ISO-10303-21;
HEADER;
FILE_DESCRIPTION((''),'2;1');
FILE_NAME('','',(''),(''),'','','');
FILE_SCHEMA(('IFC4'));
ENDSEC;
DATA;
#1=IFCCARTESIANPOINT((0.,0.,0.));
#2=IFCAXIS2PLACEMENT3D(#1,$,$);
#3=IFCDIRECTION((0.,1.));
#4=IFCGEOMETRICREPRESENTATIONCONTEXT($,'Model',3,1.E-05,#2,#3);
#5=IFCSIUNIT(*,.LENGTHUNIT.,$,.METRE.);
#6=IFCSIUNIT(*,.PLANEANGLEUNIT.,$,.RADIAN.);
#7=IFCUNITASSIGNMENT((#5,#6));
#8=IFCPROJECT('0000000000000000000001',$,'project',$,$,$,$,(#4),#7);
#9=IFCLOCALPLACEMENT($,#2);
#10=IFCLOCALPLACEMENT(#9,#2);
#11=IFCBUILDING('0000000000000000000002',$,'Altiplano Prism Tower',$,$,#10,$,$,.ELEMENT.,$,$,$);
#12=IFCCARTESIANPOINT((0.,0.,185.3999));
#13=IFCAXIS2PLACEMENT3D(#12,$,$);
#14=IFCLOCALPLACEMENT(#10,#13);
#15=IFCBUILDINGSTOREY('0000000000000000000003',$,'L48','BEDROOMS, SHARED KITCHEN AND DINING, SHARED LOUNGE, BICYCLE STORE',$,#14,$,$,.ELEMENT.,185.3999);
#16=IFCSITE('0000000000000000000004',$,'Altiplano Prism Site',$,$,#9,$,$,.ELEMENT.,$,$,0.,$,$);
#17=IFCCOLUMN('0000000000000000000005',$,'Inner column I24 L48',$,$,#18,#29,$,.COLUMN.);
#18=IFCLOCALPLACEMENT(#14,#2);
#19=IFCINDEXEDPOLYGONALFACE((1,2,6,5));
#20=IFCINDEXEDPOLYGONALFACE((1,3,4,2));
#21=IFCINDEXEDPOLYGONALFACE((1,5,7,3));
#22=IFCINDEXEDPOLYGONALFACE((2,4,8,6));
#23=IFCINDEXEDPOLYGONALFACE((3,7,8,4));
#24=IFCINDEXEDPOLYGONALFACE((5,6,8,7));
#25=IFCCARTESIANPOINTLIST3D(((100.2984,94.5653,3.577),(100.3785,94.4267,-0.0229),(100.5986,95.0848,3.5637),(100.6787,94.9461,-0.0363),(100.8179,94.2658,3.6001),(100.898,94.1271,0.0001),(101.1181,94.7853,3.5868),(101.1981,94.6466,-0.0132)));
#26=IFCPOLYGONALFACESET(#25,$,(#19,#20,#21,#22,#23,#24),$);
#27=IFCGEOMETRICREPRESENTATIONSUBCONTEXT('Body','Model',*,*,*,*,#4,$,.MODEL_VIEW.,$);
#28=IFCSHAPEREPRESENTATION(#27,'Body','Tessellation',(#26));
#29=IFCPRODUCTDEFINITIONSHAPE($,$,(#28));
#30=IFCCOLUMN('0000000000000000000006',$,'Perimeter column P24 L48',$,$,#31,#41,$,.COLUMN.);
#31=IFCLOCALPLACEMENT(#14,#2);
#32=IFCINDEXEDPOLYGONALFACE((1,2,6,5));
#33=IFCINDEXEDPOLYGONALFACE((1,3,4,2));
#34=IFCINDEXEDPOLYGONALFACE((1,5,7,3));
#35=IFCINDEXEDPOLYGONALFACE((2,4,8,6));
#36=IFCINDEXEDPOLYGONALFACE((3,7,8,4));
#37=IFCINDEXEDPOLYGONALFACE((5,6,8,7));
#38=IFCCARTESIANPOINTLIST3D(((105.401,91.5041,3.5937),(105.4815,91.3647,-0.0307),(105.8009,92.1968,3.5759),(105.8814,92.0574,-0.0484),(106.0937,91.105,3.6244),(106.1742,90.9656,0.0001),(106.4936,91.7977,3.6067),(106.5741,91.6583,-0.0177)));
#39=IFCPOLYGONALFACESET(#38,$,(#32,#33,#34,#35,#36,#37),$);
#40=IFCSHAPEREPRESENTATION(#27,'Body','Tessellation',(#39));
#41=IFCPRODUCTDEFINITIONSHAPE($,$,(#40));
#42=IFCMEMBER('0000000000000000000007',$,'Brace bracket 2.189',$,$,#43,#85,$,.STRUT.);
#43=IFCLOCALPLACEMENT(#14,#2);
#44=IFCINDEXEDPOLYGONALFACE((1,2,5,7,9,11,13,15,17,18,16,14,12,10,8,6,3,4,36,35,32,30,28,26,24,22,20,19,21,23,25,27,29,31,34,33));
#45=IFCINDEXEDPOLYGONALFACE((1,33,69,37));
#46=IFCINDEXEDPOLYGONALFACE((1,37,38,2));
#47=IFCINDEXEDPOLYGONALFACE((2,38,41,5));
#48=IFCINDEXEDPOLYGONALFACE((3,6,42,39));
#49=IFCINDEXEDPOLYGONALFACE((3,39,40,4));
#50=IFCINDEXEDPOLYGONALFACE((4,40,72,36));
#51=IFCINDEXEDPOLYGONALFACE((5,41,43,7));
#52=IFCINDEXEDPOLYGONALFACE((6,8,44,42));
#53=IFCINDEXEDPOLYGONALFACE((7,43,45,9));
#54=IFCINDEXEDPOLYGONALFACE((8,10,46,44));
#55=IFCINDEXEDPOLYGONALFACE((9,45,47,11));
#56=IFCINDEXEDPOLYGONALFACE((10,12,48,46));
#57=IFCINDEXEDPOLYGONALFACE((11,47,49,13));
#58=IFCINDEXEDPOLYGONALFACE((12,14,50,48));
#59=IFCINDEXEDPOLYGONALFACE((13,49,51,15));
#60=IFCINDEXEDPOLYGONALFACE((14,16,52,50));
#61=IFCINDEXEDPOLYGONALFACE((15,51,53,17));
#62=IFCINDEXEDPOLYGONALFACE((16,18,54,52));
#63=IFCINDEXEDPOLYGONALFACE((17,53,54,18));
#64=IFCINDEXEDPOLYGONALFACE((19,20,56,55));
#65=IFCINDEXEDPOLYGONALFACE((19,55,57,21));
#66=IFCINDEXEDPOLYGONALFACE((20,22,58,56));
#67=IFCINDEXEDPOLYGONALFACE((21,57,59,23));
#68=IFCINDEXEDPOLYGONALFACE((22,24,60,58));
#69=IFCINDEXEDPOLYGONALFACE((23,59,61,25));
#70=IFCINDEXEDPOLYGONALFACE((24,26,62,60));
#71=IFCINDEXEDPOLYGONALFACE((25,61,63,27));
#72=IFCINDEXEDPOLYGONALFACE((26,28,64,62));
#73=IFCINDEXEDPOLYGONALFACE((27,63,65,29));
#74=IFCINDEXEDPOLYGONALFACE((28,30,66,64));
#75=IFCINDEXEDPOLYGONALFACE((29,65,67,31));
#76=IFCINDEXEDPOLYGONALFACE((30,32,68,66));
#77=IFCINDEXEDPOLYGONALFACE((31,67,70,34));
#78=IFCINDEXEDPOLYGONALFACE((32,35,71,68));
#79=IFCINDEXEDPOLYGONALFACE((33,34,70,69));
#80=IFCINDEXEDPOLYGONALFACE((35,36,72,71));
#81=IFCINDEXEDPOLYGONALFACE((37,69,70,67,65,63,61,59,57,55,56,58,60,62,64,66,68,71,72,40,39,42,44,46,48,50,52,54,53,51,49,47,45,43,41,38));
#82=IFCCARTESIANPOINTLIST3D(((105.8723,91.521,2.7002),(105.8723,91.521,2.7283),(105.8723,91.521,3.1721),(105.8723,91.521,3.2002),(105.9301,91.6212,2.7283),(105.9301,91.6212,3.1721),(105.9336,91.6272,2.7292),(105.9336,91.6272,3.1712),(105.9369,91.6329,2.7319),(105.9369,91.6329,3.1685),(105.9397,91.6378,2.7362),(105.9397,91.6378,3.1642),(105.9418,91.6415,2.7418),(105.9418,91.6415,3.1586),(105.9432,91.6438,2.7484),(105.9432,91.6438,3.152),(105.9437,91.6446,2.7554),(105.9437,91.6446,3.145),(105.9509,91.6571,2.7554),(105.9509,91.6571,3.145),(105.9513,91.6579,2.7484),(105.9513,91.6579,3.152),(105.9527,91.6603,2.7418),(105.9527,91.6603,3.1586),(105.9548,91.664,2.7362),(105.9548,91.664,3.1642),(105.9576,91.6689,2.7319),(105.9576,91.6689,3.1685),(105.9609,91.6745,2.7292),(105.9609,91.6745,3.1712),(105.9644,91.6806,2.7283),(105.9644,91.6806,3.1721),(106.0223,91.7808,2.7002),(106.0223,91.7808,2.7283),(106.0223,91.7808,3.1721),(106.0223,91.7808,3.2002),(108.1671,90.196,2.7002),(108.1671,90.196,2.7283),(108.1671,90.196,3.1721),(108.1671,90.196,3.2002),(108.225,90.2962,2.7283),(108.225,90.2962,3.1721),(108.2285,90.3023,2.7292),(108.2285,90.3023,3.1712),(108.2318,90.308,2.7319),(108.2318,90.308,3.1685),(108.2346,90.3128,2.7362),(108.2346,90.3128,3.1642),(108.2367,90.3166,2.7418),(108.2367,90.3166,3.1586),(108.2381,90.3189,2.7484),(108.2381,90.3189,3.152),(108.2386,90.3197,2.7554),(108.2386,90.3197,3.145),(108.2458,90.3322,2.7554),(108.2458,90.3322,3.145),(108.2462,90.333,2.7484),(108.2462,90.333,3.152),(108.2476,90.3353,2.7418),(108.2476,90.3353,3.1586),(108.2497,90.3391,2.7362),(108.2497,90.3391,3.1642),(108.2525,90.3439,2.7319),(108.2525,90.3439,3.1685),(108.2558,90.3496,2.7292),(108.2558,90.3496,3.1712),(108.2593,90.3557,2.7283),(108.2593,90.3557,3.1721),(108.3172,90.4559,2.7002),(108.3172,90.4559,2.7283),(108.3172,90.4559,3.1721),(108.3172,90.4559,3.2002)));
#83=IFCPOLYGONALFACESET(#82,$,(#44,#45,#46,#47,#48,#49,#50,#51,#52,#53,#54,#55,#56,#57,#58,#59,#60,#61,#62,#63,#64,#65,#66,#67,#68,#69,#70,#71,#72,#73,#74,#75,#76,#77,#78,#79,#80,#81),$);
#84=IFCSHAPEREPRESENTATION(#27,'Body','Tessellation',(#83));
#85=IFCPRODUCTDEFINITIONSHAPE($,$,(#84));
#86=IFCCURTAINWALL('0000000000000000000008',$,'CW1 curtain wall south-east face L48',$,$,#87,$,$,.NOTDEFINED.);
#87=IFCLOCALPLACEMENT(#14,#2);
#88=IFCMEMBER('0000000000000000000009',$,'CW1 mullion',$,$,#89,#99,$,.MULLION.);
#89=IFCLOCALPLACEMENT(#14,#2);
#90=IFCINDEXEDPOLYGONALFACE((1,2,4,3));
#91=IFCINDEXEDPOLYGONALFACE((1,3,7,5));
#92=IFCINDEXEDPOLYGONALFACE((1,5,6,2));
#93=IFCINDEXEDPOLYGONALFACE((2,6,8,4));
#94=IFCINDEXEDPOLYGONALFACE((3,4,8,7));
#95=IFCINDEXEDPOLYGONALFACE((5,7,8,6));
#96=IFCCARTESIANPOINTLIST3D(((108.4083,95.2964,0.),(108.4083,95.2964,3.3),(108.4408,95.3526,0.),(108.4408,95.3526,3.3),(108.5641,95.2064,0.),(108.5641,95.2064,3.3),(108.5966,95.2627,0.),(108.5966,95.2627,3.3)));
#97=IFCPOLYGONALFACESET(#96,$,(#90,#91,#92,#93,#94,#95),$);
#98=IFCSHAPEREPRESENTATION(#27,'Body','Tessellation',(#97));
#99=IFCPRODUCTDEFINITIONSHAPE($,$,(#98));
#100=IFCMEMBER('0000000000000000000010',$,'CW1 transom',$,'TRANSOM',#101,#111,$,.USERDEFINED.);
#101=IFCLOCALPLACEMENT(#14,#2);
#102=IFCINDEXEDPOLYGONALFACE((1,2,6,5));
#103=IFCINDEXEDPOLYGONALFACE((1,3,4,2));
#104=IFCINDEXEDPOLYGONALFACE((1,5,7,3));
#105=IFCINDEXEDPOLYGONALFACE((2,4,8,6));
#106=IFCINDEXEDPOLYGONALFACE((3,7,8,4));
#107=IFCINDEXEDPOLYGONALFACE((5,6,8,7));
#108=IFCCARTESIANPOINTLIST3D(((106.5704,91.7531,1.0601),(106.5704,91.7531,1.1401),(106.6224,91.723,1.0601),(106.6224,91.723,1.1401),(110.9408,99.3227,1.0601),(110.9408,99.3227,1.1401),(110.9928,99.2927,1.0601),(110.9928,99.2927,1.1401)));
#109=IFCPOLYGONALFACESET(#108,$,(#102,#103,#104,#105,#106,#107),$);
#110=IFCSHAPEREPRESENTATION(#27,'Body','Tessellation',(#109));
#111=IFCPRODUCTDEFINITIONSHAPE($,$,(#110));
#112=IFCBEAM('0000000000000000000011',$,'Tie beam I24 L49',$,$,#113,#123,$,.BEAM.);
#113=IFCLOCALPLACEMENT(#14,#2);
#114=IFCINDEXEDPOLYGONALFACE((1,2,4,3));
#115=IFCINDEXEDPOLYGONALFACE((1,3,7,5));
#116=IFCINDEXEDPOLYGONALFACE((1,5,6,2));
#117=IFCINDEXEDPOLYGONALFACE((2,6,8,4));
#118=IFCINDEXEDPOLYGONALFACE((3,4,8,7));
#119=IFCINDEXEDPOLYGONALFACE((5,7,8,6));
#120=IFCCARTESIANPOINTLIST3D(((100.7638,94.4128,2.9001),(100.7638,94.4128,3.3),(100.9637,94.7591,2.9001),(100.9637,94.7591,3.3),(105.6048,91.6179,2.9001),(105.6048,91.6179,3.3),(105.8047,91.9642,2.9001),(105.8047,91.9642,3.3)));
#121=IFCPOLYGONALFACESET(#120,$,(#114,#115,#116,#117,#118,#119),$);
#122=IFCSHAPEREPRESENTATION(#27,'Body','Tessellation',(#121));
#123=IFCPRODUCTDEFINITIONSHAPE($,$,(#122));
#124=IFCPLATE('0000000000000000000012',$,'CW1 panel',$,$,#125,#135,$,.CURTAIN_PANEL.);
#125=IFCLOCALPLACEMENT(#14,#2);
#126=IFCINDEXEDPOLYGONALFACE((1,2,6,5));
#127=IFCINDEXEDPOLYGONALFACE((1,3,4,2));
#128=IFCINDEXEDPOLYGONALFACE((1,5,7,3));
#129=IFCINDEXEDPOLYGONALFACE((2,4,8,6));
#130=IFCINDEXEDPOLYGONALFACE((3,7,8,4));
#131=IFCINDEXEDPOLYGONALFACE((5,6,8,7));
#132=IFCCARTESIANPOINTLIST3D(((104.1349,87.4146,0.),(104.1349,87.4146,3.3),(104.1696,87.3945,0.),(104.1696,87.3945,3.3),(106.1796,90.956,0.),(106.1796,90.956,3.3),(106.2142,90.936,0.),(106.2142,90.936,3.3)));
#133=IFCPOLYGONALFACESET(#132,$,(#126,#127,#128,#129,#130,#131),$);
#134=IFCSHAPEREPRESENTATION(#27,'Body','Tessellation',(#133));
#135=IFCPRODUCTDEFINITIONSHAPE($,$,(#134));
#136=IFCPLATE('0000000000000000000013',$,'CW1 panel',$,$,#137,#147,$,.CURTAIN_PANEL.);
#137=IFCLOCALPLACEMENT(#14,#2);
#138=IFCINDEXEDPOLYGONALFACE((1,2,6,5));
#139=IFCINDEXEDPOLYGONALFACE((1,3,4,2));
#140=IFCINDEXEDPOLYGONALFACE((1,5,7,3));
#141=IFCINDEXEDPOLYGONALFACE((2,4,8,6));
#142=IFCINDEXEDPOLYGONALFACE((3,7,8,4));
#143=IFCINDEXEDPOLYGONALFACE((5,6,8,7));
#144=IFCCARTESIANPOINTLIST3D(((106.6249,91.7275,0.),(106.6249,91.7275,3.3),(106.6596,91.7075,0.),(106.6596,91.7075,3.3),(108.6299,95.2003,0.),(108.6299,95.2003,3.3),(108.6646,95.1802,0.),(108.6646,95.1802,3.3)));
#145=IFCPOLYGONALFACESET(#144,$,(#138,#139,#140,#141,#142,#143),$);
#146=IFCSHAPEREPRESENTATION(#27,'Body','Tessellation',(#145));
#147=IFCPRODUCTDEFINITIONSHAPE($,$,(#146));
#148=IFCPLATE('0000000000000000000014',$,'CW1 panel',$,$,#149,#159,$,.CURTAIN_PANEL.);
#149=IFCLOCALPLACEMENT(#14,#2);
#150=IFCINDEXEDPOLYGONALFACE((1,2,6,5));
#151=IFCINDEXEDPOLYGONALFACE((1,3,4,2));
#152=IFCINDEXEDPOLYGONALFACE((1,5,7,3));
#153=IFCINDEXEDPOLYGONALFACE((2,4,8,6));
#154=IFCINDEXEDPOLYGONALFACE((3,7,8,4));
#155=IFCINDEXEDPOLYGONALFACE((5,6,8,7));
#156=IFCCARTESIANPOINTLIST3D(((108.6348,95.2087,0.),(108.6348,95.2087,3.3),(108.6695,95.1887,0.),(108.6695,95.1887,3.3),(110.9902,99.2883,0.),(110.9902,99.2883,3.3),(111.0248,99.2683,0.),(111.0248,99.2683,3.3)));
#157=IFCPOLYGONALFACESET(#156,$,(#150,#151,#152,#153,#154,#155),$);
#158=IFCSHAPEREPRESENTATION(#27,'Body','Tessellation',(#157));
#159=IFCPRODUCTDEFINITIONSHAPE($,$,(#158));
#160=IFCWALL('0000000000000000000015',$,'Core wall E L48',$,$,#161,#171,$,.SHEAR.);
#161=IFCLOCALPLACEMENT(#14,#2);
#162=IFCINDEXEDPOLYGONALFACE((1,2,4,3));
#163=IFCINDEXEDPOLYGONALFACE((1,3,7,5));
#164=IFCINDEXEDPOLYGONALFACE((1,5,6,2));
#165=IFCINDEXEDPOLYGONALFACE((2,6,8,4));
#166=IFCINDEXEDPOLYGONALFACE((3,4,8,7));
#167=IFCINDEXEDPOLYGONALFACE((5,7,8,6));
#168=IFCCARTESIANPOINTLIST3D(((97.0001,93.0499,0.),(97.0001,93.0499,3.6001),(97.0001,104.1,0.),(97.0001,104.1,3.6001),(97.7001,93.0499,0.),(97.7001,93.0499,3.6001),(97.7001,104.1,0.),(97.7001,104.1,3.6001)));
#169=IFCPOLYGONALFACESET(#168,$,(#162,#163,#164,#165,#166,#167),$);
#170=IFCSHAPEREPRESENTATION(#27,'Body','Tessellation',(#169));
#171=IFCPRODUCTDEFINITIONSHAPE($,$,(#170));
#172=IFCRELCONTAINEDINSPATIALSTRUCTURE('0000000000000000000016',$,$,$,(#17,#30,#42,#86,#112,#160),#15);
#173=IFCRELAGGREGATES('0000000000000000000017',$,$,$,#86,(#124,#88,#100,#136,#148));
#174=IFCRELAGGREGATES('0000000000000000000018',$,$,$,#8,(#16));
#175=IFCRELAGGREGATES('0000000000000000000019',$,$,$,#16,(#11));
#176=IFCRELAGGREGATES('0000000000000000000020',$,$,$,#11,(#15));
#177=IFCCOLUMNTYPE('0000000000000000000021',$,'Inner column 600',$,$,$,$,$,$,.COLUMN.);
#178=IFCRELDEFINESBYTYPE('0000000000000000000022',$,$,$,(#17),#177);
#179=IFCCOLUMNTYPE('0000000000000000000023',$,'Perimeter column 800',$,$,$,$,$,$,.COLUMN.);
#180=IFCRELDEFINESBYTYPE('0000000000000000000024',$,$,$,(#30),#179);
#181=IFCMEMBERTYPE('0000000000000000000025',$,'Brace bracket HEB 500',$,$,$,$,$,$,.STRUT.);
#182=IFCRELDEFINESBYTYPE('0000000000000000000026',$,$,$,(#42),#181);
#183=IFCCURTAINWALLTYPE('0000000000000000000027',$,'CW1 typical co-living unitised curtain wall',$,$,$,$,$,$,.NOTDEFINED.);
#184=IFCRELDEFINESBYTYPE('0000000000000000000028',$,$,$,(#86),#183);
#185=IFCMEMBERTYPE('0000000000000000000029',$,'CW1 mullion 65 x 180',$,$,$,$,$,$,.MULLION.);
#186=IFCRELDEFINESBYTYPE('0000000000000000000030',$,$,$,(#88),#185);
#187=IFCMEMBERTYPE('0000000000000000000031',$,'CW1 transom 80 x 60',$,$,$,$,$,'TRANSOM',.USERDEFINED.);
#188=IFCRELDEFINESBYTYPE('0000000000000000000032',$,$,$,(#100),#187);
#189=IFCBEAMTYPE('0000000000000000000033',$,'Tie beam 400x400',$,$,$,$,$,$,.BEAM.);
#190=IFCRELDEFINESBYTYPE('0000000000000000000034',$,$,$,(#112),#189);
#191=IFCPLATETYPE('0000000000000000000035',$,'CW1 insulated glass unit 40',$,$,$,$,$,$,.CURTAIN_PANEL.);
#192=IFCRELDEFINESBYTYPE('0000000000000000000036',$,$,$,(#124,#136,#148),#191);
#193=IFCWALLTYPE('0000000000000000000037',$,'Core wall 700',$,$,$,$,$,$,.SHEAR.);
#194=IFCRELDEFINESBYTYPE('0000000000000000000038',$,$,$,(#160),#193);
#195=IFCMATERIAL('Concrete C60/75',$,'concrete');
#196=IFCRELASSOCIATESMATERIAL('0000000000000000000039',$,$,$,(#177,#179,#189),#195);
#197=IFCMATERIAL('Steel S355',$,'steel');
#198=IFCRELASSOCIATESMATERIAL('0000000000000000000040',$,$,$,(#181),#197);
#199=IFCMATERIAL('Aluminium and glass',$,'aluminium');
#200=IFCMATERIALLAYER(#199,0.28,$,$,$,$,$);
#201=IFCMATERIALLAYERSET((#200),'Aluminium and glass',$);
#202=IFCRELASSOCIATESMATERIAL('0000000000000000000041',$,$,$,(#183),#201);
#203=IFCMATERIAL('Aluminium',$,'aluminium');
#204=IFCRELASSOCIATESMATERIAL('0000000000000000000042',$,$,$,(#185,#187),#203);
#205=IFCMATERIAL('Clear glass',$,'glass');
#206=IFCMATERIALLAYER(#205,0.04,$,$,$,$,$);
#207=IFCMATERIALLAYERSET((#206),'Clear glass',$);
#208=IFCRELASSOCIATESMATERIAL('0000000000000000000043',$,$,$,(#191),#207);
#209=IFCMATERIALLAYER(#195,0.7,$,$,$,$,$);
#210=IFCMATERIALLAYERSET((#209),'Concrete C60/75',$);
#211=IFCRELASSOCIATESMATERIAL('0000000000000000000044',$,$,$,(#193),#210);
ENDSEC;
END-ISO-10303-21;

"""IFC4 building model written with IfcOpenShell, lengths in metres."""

from ifc_helpers import new_model, si_unit, direction, frame, frame_2d, origin, origin_2d, place, context, subcontext, project, spatial, rectangle, i_section, extrude, material, layer, layer_set, material_profile, profile_set, type_object, element, aggregate, save


model = new_model("IFC4")

# Units and contexts
model_context = context("Model", 3, precision=1e-05, world=origin(), true_north=direction((0.0, 1.0)))
body_context = subcontext(model_context, "Body", "Model", "MODEL_VIEW")
ifc_project = project(units=[si_unit("LENGTHUNIT", "METRE"), si_unit("PLANEANGLEUNIT", "RADIAN")], contexts=[model_context])

# Site, building, storey
site_placement = place(None, origin())
site = spatial("IfcSite", under=ifc_project, at=site_placement, Name="Altiplano Prism Site", CompositionType="ELEMENT", RefElevation=0.0)
building_placement = place(site_placement, origin())
building = spatial("IfcBuilding", under=site, at=building_placement, Name="Altiplano Prism Tower", CompositionType="ELEMENT")
storey_placement = place(building_placement, frame((0.0, 0.0, 185.3999)))
storey = spatial("IfcBuildingStorey", under=building, at=storey_placement, Name="L48", Description="BEDROOMS, SHARED KITCHEN AND DINING, SHARED LOUNGE, BICYCLE STORE", CompositionType="ELEMENT", Elevation=185.3999)

# Columns
ifc_material_1 = material(Name="Concrete C60/75", Category="concrete")
ifc_material_profile_1 = material_profile(ifc_material_1, rectangle(XDim=0.6001, YDim=0.6001, at=origin_2d()), Name="Inner column 600")
ifc_profile_set_1 = profile_set([ifc_material_profile_1], Name="Concrete C60/75")
column_type_1 = type_object("IfcColumnType", Name="Inner column 600", PredefinedType="COLUMN", material=ifc_profile_set_1)
column_1_placement = place(storey_placement, frame((100.7883, 94.5366, -0.0181), z_axis=(-0.022223, 0.038483, 0.999012), x_axis=(-0.50017, -0.865642, 0.02222)))
element("IfcColumn", 1, at=column_1_placement, inside=storey, type_object=column_type_1, Name="Inner column I24 L48", PredefinedType="COLUMN", context=body_context, shape_type="SweptSolid", body=[
    extrude(rectangle(XDim=0.6001, YDim=0.6001, at=origin_2d()), origin(), (0.0, 0.0, 1.0), 3.6035),
])
ifc_material_profile_2 = material_profile(ifc_material_1, rectangle(XDim=0.8, YDim=0.8, at=origin_2d()), Name="Perimeter column 800")
ifc_profile_set_2 = profile_set([ifc_material_profile_2], Name="Concrete C60/75")
column_type_2 = type_object("IfcColumnType", Name="Perimeter column 800", PredefinedType="COLUMN", material=ifc_profile_set_2)
column_2_placement = place(storey_placement, frame((106.0278, 91.5115, -0.0242), z_axis=(-0.022208, 0.038426, 0.999015), x_axis=(-0.499865, -0.865819, 0.022191)))
element("IfcColumn", 2, at=column_2_placement, inside=storey, type_object=column_type_2, Name="Perimeter column P24 L48", PredefinedType="COLUMN", context=body_context, shape_type="SweptSolid", body=[
    extrude(rectangle(XDim=0.8, YDim=0.8, at=origin_2d()), origin(), (0.0, 0.0, 1.0), 3.6279),
])

# Member
ifc_material_2 = material(Name="Steel S355", Category="steel")
ifc_material_profile_3 = material_profile(ifc_material_2, i_section(OverallWidth=0.3, OverallDepth=0.5, WebThickness=0.0144, FlangeThickness=0.0281, FilletRadius=0.0271, at=origin_2d()), Name="Brace bracket HEB 500")
ifc_profile_set_3 = profile_set([ifc_material_profile_3], Name="Steel S355")
member_type_1 = type_object("IfcMemberType", Name="Brace bracket HEB 500", PredefinedType="STRUT", material=ifc_profile_set_3)
member_1_placement = place(storey_placement, frame((105.9473, 91.6509, 2.9502), z_axis=(0.866029, -0.499994, 0.0), x_axis=(0.499994, 0.866029, 0.0)))
element("IfcMember", 3, at=member_1_placement, inside=storey, type_object=member_type_1, Name="Brace bracket 2.189", PredefinedType="STRUT", context=body_context, shape_type="SweptSolid", body=[
    extrude(i_section(OverallWidth=0.3, OverallDepth=0.5, WebThickness=0.0144, FlangeThickness=0.0281, FilletRadius=0.0271, at=origin_2d()), origin(), (0.0, 0.0, 1.0), 2.6499),
])

# Curtain wall, members
ifc_material_3 = material(Name="Aluminium and glass", Category="aluminium")
ifc_layer_1 = layer(ifc_material_3, 0.28)
ifc_layer_set_1 = layer_set([ifc_layer_1], Name="Aluminium and glass")
curtain_wall_type = type_object("IfcCurtainWallType", Name="CW1 typical co-living unitised curtain wall", PredefinedType="NOTDEFINED", material=ifc_layer_set_1)
curtain_wall_placement = place(storey_placement, origin())
curtain_wall = element("IfcCurtainWall", 4, at=curtain_wall_placement, inside=storey, type_object=curtain_wall_type, Name="CW1 curtain wall south-east face L48", PredefinedType="NOTDEFINED")
ifc_material_4 = material(Name="Aluminium", Category="aluminium")
ifc_material_profile_4 = material_profile(ifc_material_4, rectangle(XDim=0.1799, YDim=0.0649, at=origin_2d()), Name="CW1 mullion 65 x 180")
ifc_profile_set_4 = profile_set([ifc_material_profile_4], Name="Aluminium")
member_type_2 = type_object("IfcMemberType", Name="CW1 mullion 65 x 180", PredefinedType="MULLION", material=ifc_profile_set_4)
member_2_placement = place(storey_placement, frame((108.5024, 95.2795, 0.0), z_axis=(0.0, 0.0, 1.0), x_axis=(-0.866025, 0.5, 0.0)))
member_2 = element("IfcMember", 5, at=member_2_placement, type_object=member_type_2, Name="CW1 mullion", PredefinedType="MULLION", context=body_context, shape_type="SweptSolid", body=[
    extrude(rectangle(XDim=0.1799, YDim=0.0649, at=origin_2d()), origin(), (0.0, 0.0, 1.0), 3.3),
])
ifc_material_profile_5 = material_profile(ifc_material_4, rectangle(XDim=0.0601, YDim=0.0801, at=origin_2d()), Name="CW1 transom 80 x 60")
ifc_profile_set_5 = profile_set([ifc_material_profile_5], Name="Aluminium")
member_type_3 = type_object("IfcMemberType", Name="CW1 transom 80 x 60", ElementType="TRANSOM", PredefinedType="USERDEFINED", material=ifc_profile_set_5)
member_3_placement = place(storey_placement, frame((106.5964, 91.738, 1.1001), z_axis=(0.500005, 0.866022, 0.0), x_axis=(-0.866022, 0.500005, 0.0)))
member_3 = element("IfcMember", 6, at=member_3_placement, type_object=member_type_3, Name="CW1 transom", ObjectType="TRANSOM", PredefinedType="USERDEFINED", context=body_context, shape_type="SweptSolid", body=[
    extrude(rectangle(XDim=0.0601, YDim=0.0801, at=origin_2d()), origin(), (0.0, 0.0, 1.0), 8.7407),
])

# Beam
ifc_material_profile_6 = material_profile(ifc_material_1, rectangle(XDim=0.3999, YDim=0.3999, at=origin_2d()), Name="Tie beam 400x400")
ifc_profile_set_6 = profile_set([ifc_material_profile_6], Name="Concrete C60/75")
beam_type = type_object("IfcBeamType", Name="Tie beam 400x400", PredefinedType="BEAM", material=ifc_profile_set_6)
beam_placement = place(storey_placement, frame((100.8638, 94.5859, 3.1001), z_axis=(0.866031, -0.499991, 0.0), x_axis=(0.499991, 0.866031, 0.0)))
element("IfcBeam", 7, at=beam_placement, inside=storey, type_object=beam_type, Name="Tie beam I24 L49", PredefinedType="BEAM", context=body_context, shape_type="SweptSolid", body=[
    extrude(rectangle(XDim=0.3999, YDim=0.3999, at=origin_2d()), origin(), (0.0, 0.0, 1.0), 5.5898),
])

# Plates
ifc_material_5 = material(Name="Clear glass", Category="glass")
ifc_layer_2 = layer(ifc_material_5, 0.04)
ifc_layer_set_2 = layer_set([ifc_layer_2], Name="Clear glass")
plate_type = type_object("IfcPlateType", Name="CW1 insulated glass unit 40", PredefinedType="CURTAIN_PANEL", material=ifc_layer_set_2)
plate_1_placement = place(storey_placement, frame((105.1746, 89.1753, 0.0), z_axis=(0.0, 0.0, 1.0), x_axis=(0.5, 0.866025, 0.0)))
plate_1 = element("IfcPlate", 8, at=plate_1_placement, type_object=plate_type, Name="CW1 panel", PredefinedType="CURTAIN_PANEL", context=body_context, shape_type="SweptSolid", body=[
    extrude(rectangle(XDim=4.0894, YDim=0.04, at=origin_2d()), origin(), (0.0, 0.0, 1.0), 3.3),
])
plate_2_placement = place(storey_placement, frame((107.6448, 93.4539, 0.0), z_axis=(0.0, 0.0, 1.0), x_axis=(0.5, 0.866025, 0.0)))
plate_2 = element("IfcPlate", 9, at=plate_2_placement, type_object=plate_type, Name="CW1 panel", PredefinedType="CURTAIN_PANEL", context=body_context, shape_type="SweptSolid", body=[
    extrude(rectangle(XDim=4.01, YDim=0.04, at=origin_2d()), origin(), (0.0, 0.0, 1.0), 3.3),
])
plate_3_placement = place(storey_placement, frame((109.8298, 97.2385, 0.0), z_axis=(0.0, 0.0, 1.0), x_axis=(0.5, 0.866025, 0.0)))
plate_3 = element("IfcPlate", 10, at=plate_3_placement, type_object=plate_type, Name="CW1 panel", PredefinedType="CURTAIN_PANEL", context=body_context, shape_type="SweptSolid", body=[
    extrude(rectangle(XDim=4.7107, YDim=0.04, at=origin_2d()), origin(), (0.0, 0.0, 1.0), 3.3),
])
aggregate(curtain_wall, [plate_1, member_2, member_3, plate_2, plate_3])

# Wall
ifc_layer_3 = layer(ifc_material_1, 0.7)
ifc_layer_set_3 = layer_set([ifc_layer_3], Name="Concrete C60/75")
wall_type_1 = type_object("IfcWallType", Name="Core wall 700", PredefinedType="SHEAR", material=ifc_layer_set_3)
wall_1_placement = place(storey_placement, frame((97.3501, 93.05, 0.0), z_axis=(0.0, 0.0, 1.0), x_axis=(0.0, 1.0, 0.0)))
element("IfcWall", 11, at=wall_1_placement, inside=storey, type_object=wall_type_1, Name="Core wall E L48", PredefinedType="SHEAR", context=body_context, shape_type="SweptSolid", body=[
    extrude(rectangle(XDim=11.05, YDim=0.7, at=frame_2d((5.5249, 0.0))), origin(), (0.0, 0.0, 1.0), 3.6001),
])

save(model, "model.ifc")
